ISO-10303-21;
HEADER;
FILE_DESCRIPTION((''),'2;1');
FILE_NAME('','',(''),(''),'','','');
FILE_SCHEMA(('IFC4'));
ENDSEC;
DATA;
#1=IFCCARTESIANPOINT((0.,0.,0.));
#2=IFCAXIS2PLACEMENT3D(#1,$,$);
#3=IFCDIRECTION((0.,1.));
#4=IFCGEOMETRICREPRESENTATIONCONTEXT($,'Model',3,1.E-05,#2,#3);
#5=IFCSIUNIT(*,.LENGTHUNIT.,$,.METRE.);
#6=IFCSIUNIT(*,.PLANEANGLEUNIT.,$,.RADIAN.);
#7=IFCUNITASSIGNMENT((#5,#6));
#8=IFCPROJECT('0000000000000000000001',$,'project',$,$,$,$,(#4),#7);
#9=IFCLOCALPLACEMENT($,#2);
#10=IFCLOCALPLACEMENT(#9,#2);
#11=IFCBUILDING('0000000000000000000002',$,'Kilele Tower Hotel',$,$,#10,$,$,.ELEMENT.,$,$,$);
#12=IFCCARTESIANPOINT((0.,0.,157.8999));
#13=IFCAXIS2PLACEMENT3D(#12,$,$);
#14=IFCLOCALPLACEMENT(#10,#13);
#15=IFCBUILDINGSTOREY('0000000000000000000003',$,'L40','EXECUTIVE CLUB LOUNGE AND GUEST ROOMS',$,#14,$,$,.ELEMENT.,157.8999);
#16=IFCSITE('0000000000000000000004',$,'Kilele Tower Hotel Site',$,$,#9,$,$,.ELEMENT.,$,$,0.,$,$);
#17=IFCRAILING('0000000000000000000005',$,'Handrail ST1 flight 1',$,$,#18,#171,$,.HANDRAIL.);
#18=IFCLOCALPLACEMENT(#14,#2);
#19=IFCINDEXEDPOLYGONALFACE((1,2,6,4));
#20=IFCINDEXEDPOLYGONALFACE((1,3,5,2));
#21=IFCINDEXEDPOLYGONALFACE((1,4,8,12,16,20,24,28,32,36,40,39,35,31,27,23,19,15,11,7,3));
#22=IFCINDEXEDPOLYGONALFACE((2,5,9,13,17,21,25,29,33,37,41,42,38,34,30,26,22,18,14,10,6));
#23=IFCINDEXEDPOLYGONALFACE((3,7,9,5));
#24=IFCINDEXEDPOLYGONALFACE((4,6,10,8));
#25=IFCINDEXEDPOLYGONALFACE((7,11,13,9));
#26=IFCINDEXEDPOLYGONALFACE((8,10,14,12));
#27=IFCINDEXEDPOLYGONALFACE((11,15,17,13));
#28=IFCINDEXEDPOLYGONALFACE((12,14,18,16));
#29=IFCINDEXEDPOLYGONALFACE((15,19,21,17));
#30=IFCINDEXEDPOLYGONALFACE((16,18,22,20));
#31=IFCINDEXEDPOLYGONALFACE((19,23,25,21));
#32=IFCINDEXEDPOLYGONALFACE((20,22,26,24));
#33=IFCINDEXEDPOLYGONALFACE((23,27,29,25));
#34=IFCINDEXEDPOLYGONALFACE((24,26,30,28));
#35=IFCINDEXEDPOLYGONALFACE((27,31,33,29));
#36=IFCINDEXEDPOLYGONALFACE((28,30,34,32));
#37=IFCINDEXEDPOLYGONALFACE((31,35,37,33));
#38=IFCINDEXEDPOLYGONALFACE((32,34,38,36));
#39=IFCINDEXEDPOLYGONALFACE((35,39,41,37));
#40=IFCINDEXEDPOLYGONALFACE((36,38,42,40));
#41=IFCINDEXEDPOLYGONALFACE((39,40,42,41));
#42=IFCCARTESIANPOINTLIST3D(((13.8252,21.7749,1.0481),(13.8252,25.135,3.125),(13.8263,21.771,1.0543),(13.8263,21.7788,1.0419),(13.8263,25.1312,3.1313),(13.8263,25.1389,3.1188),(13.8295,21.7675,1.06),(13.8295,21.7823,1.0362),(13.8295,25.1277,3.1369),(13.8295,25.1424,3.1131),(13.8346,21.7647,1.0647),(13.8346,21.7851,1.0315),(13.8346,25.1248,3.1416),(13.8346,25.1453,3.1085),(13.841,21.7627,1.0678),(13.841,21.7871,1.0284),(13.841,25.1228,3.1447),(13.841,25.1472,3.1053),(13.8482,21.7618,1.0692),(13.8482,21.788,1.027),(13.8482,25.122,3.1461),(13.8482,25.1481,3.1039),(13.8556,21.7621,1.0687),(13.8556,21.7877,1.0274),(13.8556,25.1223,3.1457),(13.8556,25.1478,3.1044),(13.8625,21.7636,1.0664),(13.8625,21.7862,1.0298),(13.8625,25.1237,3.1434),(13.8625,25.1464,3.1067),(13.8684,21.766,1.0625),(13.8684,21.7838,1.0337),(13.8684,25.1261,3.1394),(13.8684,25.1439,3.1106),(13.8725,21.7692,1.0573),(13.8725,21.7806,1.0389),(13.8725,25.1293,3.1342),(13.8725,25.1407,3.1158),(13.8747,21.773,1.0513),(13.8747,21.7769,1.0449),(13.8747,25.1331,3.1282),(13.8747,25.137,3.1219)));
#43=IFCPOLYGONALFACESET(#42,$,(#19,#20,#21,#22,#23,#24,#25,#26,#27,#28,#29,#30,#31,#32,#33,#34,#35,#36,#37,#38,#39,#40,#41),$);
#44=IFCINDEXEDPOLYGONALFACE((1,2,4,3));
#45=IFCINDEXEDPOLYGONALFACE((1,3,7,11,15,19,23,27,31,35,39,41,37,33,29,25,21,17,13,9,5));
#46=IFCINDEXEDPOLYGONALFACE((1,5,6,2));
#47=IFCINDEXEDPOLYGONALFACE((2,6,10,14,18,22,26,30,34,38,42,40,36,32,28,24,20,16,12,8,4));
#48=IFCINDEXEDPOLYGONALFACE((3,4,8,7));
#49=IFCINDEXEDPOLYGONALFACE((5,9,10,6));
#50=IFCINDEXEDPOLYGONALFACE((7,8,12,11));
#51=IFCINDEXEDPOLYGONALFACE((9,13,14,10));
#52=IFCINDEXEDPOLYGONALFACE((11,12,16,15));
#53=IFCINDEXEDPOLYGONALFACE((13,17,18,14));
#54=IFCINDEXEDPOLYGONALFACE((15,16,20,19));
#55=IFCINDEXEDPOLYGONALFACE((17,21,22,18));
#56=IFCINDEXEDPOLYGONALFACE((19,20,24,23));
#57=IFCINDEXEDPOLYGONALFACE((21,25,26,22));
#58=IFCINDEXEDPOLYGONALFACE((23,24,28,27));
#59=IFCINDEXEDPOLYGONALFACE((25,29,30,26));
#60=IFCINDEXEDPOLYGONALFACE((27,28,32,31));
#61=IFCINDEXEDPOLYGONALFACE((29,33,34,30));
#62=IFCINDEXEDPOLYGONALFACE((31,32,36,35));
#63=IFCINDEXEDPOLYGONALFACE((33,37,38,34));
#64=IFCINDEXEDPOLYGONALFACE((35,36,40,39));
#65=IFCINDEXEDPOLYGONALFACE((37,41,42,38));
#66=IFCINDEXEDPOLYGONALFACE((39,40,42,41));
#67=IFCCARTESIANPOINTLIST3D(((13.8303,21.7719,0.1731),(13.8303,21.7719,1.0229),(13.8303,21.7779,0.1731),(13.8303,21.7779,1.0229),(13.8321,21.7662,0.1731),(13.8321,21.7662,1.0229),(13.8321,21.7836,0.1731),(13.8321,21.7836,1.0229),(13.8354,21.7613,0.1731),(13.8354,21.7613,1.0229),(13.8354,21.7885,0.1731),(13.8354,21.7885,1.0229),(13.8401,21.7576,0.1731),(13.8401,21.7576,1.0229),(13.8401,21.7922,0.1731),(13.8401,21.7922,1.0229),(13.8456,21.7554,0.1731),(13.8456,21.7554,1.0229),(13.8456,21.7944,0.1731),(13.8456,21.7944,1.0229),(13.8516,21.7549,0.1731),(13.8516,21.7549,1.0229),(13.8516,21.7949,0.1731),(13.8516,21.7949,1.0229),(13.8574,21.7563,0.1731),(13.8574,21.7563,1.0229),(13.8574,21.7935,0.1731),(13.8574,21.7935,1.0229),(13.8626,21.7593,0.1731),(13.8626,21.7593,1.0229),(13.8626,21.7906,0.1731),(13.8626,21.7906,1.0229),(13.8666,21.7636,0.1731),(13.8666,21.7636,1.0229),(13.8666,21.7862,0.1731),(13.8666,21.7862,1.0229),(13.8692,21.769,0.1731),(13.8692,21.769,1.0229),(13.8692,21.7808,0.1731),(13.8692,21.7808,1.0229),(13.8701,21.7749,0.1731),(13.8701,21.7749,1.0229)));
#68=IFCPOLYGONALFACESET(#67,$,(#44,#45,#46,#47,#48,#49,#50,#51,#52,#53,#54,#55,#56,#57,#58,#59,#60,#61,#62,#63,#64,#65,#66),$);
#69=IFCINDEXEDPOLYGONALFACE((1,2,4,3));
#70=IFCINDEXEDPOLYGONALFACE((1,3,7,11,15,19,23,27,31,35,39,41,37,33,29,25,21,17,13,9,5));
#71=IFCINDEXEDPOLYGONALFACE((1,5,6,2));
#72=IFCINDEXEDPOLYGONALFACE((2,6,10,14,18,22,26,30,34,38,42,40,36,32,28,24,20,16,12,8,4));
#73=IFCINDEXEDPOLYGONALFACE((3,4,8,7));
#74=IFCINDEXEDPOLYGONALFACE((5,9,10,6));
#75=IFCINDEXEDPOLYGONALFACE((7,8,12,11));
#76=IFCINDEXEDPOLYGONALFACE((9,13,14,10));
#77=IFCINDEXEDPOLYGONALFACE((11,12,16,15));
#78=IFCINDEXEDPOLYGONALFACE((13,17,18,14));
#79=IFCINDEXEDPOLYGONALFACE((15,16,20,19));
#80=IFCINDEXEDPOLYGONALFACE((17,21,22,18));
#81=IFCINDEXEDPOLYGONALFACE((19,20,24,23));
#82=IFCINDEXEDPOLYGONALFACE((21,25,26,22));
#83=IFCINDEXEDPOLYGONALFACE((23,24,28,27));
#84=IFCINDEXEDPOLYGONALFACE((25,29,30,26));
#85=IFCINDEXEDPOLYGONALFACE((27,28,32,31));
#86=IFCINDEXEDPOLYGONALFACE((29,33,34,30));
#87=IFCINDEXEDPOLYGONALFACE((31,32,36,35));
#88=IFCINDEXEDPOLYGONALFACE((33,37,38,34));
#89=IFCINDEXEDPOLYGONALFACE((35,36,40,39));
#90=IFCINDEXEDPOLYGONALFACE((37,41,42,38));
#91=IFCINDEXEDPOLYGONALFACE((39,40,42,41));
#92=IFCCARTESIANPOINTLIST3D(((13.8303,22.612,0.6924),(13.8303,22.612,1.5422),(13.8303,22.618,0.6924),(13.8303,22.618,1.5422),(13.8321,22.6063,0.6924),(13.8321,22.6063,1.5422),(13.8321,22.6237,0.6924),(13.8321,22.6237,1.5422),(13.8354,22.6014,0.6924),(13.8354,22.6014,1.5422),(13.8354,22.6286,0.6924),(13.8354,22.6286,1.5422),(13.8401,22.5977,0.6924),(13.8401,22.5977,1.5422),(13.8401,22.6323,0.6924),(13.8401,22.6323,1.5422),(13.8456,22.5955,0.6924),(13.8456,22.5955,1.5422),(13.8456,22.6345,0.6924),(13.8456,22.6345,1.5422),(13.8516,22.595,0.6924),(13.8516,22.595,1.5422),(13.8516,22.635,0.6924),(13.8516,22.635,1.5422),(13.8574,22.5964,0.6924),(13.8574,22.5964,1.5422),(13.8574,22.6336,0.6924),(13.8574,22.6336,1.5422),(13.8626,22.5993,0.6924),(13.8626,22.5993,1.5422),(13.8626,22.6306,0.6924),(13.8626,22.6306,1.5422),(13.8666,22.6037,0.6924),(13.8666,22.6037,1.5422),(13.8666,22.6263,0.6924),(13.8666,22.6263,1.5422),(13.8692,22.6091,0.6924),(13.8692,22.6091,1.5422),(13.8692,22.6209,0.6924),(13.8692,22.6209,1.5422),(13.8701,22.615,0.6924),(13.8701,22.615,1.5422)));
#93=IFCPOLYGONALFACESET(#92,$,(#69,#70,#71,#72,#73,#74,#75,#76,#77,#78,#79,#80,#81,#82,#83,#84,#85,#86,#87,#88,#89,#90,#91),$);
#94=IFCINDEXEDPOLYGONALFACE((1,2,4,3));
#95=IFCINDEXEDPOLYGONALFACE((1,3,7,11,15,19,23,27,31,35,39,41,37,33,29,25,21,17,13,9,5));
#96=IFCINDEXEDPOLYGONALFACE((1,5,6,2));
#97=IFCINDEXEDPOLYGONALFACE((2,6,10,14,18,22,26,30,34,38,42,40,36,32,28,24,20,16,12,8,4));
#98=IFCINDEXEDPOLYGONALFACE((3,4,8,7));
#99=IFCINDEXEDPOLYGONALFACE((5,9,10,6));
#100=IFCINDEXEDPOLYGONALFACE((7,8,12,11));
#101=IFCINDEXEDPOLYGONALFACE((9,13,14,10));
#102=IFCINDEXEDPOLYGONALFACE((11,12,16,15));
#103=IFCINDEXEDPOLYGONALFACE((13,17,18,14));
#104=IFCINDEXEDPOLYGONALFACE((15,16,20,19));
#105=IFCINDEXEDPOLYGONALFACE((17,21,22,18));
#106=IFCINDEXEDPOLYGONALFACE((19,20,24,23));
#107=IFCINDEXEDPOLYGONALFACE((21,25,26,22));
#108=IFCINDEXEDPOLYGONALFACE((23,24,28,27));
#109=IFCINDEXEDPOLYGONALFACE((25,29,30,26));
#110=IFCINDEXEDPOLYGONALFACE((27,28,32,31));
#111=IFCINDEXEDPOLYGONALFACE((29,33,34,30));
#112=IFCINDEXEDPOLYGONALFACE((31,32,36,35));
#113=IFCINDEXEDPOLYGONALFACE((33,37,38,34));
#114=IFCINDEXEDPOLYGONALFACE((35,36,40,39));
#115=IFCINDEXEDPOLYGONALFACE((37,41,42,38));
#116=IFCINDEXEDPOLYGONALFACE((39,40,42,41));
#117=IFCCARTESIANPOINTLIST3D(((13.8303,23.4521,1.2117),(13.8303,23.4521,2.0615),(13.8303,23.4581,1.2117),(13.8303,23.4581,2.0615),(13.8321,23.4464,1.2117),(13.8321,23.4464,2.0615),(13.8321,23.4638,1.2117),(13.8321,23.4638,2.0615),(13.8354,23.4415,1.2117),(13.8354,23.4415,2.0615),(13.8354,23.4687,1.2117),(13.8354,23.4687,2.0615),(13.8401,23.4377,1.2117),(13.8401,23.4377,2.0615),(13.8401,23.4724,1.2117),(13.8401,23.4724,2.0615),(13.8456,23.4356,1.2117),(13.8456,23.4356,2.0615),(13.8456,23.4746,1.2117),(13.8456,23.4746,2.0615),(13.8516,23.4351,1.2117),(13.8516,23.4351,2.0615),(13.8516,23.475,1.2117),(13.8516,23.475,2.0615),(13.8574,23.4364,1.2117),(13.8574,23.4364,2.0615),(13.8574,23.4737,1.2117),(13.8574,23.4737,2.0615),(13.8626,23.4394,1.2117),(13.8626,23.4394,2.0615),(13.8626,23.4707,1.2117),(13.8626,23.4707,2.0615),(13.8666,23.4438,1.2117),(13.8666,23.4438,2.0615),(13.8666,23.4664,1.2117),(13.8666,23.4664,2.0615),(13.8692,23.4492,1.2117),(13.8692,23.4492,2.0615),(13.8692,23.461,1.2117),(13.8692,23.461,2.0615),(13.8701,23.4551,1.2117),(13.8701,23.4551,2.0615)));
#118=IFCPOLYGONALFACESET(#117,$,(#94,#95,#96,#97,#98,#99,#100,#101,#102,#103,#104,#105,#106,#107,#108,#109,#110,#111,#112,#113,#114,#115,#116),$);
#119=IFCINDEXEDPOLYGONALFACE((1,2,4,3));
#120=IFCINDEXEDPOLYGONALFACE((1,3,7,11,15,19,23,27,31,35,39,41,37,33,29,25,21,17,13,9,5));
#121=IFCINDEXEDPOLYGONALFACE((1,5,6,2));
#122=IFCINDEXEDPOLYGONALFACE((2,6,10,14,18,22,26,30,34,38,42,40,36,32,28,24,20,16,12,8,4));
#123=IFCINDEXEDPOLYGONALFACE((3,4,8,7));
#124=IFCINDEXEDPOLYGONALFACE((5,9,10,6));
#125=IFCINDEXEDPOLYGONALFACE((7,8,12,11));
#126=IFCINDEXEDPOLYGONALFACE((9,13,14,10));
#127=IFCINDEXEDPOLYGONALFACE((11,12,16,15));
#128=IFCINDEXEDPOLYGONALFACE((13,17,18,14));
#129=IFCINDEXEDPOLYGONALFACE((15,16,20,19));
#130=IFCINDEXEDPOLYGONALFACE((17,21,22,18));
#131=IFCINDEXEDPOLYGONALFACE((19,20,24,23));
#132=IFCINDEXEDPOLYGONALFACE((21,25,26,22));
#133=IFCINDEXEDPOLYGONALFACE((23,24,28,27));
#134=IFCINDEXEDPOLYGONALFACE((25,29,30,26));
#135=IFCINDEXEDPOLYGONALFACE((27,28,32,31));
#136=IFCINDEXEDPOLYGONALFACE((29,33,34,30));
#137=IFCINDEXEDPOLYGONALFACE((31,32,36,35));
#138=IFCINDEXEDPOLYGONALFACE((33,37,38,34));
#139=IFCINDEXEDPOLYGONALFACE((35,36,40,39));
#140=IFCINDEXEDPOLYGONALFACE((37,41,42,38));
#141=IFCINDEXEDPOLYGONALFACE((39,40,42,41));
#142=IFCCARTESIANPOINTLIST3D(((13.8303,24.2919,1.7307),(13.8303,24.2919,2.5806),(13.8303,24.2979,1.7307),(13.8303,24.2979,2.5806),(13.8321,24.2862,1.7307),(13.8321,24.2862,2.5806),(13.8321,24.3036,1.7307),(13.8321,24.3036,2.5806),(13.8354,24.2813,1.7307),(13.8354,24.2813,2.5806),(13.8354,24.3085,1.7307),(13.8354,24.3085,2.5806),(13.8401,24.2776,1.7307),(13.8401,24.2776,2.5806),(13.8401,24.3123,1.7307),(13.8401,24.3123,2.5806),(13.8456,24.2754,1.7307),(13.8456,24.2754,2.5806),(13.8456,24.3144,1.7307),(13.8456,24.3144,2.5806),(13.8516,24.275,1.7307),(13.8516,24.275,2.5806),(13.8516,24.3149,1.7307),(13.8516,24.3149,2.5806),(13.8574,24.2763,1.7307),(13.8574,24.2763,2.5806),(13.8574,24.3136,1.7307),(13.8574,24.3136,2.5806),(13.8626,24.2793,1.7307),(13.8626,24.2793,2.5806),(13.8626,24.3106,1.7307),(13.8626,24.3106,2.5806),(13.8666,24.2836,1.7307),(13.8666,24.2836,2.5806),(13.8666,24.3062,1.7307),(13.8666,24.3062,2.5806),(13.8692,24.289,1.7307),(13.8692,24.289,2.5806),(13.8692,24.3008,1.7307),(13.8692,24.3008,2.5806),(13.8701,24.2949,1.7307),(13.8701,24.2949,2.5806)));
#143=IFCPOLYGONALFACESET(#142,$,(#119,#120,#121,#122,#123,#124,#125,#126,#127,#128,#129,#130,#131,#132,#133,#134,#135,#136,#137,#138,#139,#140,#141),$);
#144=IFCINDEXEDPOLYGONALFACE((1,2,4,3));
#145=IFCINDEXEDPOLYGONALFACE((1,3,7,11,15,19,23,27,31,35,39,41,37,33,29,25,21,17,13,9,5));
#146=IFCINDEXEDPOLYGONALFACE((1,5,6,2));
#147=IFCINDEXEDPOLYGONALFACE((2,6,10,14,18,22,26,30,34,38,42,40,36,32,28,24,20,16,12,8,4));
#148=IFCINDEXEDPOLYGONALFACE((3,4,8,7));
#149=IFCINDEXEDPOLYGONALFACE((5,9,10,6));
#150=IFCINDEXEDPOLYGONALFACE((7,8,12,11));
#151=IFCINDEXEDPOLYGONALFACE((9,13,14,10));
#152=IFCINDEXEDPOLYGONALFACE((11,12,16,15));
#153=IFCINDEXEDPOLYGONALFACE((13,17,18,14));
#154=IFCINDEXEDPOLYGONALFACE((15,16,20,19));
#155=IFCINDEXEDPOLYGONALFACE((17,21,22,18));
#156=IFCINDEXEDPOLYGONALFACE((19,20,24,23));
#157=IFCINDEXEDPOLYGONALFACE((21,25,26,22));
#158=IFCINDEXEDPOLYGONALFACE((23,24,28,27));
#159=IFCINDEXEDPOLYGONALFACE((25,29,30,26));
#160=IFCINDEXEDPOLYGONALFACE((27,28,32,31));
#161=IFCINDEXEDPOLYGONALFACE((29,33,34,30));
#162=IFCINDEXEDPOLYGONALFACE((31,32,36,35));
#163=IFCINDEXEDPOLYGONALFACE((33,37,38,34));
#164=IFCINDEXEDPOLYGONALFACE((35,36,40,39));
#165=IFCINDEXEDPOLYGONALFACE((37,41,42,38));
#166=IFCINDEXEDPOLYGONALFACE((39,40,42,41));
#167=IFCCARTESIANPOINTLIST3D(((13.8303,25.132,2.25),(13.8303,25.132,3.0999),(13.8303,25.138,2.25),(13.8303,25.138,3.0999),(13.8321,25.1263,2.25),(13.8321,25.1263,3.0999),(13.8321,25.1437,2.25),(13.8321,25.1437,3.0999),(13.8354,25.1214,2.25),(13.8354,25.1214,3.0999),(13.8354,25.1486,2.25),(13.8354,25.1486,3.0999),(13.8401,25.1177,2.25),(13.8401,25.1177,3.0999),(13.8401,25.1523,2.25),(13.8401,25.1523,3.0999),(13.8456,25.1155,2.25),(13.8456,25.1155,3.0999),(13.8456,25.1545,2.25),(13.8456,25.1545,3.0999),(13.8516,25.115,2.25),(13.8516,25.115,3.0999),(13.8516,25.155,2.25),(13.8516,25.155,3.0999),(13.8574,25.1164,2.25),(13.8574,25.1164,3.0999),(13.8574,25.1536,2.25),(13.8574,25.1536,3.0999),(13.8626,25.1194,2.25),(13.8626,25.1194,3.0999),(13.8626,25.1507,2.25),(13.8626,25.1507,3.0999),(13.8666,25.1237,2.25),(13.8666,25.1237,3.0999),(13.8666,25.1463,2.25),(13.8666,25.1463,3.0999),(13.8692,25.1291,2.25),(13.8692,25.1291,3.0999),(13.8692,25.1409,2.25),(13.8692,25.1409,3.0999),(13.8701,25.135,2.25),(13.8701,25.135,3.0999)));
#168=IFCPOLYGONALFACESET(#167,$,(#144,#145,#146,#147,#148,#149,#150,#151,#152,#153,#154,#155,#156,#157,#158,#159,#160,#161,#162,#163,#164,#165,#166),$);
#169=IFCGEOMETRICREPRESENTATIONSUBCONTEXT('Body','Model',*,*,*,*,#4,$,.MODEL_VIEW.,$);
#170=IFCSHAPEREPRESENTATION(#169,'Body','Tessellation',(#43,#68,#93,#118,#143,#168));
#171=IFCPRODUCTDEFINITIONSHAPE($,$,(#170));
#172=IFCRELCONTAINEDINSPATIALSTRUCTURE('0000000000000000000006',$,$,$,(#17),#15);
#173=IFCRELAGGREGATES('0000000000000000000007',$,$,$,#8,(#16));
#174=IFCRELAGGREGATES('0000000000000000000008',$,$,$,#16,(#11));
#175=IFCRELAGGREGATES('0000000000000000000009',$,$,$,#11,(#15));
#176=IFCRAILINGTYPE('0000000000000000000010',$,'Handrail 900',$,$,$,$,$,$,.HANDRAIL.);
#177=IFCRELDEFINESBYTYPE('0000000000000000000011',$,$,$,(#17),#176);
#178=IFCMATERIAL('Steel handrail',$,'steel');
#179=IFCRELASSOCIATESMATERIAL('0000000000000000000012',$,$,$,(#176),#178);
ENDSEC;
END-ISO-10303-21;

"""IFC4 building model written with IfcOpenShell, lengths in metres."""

from ifc_helpers import new_model, si_unit, direction, frame, origin, origin_2d, place, context, subcontext, project, spatial, circle, extrude, material, type_object, element, save


model = new_model("IFC4")

# Units and contexts
model_context = context("Model", 3, precision=1e-05, world=origin(), true_north=direction((0.0, 1.0)))
body_context = subcontext(model_context, "Body", "Model", "MODEL_VIEW")
ifc_project = project(units=[si_unit("LENGTHUNIT", "METRE"), si_unit("PLANEANGLEUNIT", "RADIAN")], contexts=[model_context])

# Site, building, storey
site_placement = place(None, origin())
site = spatial("IfcSite", under=ifc_project, at=site_placement, Name="Kilele Tower Hotel Site", CompositionType="ELEMENT", RefElevation=0.0)
building_placement = place(site_placement, origin())
building = spatial("IfcBuilding", under=site, at=building_placement, Name="Kilele Tower Hotel", CompositionType="ELEMENT")
storey_placement = place(building_placement, frame((0.0, 0.0, 157.8999)))
storey = spatial("IfcBuildingStorey", under=building, at=storey_placement, Name="L40", Description="EXECUTIVE CLUB LOUNGE AND GUEST ROOMS", CompositionType="ELEMENT", Elevation=157.8999)

# Railing
ifc_material_1 = material(Name="Steel handrail", Category="steel")
railing_type_1 = type_object("IfcRailingType", Name="Handrail 900", PredefinedType="HANDRAIL", material=ifc_material_1)
for number, where, name in (
    (1, (13.8501, 21.7749, 0.1731), "Handrail ST1 flight 1"),
):
    element("IfcRailing", number, at=place(storey_placement, frame(where)), inside=storey, type_object=railing_type_1, Name=name, PredefinedType="HANDRAIL", context=body_context, shape_type="SweptSolid", body=[
        extrude(circle(Radius=0.0249, at=origin_2d()), frame((0.0, 0.0, 0.875), z_axis=(0.0, 0.850623, 0.525776), x_axis=(-1.0, 0.0, 0.0)), (0.0, 0.0, 1.0), 3.9502),
        extrude(circle(Radius=0.02, at=origin_2d()), origin(), (0.0, 0.0, 1.0), 0.8499),
        extrude(circle(Radius=0.02, at=origin_2d()), frame((0.0, 0.8401, 0.5193)), (0.0, 0.0, 1.0), 0.8499),
        extrude(circle(Radius=0.02, at=origin_2d()), frame((0.0, 1.6802, 1.0386)), (0.0, 0.0, 1.0), 0.8499),
        extrude(circle(Radius=0.02, at=origin_2d()), frame((0.0, 2.52, 1.5576)), (0.0, 0.0, 1.0), 0.8499),
        extrude(circle(Radius=0.02, at=origin_2d()), frame((0.0, 3.3601, 2.0769)), (0.0, 0.0, 1.0), 0.8499),
    ])

save(model, "model.ifc")
